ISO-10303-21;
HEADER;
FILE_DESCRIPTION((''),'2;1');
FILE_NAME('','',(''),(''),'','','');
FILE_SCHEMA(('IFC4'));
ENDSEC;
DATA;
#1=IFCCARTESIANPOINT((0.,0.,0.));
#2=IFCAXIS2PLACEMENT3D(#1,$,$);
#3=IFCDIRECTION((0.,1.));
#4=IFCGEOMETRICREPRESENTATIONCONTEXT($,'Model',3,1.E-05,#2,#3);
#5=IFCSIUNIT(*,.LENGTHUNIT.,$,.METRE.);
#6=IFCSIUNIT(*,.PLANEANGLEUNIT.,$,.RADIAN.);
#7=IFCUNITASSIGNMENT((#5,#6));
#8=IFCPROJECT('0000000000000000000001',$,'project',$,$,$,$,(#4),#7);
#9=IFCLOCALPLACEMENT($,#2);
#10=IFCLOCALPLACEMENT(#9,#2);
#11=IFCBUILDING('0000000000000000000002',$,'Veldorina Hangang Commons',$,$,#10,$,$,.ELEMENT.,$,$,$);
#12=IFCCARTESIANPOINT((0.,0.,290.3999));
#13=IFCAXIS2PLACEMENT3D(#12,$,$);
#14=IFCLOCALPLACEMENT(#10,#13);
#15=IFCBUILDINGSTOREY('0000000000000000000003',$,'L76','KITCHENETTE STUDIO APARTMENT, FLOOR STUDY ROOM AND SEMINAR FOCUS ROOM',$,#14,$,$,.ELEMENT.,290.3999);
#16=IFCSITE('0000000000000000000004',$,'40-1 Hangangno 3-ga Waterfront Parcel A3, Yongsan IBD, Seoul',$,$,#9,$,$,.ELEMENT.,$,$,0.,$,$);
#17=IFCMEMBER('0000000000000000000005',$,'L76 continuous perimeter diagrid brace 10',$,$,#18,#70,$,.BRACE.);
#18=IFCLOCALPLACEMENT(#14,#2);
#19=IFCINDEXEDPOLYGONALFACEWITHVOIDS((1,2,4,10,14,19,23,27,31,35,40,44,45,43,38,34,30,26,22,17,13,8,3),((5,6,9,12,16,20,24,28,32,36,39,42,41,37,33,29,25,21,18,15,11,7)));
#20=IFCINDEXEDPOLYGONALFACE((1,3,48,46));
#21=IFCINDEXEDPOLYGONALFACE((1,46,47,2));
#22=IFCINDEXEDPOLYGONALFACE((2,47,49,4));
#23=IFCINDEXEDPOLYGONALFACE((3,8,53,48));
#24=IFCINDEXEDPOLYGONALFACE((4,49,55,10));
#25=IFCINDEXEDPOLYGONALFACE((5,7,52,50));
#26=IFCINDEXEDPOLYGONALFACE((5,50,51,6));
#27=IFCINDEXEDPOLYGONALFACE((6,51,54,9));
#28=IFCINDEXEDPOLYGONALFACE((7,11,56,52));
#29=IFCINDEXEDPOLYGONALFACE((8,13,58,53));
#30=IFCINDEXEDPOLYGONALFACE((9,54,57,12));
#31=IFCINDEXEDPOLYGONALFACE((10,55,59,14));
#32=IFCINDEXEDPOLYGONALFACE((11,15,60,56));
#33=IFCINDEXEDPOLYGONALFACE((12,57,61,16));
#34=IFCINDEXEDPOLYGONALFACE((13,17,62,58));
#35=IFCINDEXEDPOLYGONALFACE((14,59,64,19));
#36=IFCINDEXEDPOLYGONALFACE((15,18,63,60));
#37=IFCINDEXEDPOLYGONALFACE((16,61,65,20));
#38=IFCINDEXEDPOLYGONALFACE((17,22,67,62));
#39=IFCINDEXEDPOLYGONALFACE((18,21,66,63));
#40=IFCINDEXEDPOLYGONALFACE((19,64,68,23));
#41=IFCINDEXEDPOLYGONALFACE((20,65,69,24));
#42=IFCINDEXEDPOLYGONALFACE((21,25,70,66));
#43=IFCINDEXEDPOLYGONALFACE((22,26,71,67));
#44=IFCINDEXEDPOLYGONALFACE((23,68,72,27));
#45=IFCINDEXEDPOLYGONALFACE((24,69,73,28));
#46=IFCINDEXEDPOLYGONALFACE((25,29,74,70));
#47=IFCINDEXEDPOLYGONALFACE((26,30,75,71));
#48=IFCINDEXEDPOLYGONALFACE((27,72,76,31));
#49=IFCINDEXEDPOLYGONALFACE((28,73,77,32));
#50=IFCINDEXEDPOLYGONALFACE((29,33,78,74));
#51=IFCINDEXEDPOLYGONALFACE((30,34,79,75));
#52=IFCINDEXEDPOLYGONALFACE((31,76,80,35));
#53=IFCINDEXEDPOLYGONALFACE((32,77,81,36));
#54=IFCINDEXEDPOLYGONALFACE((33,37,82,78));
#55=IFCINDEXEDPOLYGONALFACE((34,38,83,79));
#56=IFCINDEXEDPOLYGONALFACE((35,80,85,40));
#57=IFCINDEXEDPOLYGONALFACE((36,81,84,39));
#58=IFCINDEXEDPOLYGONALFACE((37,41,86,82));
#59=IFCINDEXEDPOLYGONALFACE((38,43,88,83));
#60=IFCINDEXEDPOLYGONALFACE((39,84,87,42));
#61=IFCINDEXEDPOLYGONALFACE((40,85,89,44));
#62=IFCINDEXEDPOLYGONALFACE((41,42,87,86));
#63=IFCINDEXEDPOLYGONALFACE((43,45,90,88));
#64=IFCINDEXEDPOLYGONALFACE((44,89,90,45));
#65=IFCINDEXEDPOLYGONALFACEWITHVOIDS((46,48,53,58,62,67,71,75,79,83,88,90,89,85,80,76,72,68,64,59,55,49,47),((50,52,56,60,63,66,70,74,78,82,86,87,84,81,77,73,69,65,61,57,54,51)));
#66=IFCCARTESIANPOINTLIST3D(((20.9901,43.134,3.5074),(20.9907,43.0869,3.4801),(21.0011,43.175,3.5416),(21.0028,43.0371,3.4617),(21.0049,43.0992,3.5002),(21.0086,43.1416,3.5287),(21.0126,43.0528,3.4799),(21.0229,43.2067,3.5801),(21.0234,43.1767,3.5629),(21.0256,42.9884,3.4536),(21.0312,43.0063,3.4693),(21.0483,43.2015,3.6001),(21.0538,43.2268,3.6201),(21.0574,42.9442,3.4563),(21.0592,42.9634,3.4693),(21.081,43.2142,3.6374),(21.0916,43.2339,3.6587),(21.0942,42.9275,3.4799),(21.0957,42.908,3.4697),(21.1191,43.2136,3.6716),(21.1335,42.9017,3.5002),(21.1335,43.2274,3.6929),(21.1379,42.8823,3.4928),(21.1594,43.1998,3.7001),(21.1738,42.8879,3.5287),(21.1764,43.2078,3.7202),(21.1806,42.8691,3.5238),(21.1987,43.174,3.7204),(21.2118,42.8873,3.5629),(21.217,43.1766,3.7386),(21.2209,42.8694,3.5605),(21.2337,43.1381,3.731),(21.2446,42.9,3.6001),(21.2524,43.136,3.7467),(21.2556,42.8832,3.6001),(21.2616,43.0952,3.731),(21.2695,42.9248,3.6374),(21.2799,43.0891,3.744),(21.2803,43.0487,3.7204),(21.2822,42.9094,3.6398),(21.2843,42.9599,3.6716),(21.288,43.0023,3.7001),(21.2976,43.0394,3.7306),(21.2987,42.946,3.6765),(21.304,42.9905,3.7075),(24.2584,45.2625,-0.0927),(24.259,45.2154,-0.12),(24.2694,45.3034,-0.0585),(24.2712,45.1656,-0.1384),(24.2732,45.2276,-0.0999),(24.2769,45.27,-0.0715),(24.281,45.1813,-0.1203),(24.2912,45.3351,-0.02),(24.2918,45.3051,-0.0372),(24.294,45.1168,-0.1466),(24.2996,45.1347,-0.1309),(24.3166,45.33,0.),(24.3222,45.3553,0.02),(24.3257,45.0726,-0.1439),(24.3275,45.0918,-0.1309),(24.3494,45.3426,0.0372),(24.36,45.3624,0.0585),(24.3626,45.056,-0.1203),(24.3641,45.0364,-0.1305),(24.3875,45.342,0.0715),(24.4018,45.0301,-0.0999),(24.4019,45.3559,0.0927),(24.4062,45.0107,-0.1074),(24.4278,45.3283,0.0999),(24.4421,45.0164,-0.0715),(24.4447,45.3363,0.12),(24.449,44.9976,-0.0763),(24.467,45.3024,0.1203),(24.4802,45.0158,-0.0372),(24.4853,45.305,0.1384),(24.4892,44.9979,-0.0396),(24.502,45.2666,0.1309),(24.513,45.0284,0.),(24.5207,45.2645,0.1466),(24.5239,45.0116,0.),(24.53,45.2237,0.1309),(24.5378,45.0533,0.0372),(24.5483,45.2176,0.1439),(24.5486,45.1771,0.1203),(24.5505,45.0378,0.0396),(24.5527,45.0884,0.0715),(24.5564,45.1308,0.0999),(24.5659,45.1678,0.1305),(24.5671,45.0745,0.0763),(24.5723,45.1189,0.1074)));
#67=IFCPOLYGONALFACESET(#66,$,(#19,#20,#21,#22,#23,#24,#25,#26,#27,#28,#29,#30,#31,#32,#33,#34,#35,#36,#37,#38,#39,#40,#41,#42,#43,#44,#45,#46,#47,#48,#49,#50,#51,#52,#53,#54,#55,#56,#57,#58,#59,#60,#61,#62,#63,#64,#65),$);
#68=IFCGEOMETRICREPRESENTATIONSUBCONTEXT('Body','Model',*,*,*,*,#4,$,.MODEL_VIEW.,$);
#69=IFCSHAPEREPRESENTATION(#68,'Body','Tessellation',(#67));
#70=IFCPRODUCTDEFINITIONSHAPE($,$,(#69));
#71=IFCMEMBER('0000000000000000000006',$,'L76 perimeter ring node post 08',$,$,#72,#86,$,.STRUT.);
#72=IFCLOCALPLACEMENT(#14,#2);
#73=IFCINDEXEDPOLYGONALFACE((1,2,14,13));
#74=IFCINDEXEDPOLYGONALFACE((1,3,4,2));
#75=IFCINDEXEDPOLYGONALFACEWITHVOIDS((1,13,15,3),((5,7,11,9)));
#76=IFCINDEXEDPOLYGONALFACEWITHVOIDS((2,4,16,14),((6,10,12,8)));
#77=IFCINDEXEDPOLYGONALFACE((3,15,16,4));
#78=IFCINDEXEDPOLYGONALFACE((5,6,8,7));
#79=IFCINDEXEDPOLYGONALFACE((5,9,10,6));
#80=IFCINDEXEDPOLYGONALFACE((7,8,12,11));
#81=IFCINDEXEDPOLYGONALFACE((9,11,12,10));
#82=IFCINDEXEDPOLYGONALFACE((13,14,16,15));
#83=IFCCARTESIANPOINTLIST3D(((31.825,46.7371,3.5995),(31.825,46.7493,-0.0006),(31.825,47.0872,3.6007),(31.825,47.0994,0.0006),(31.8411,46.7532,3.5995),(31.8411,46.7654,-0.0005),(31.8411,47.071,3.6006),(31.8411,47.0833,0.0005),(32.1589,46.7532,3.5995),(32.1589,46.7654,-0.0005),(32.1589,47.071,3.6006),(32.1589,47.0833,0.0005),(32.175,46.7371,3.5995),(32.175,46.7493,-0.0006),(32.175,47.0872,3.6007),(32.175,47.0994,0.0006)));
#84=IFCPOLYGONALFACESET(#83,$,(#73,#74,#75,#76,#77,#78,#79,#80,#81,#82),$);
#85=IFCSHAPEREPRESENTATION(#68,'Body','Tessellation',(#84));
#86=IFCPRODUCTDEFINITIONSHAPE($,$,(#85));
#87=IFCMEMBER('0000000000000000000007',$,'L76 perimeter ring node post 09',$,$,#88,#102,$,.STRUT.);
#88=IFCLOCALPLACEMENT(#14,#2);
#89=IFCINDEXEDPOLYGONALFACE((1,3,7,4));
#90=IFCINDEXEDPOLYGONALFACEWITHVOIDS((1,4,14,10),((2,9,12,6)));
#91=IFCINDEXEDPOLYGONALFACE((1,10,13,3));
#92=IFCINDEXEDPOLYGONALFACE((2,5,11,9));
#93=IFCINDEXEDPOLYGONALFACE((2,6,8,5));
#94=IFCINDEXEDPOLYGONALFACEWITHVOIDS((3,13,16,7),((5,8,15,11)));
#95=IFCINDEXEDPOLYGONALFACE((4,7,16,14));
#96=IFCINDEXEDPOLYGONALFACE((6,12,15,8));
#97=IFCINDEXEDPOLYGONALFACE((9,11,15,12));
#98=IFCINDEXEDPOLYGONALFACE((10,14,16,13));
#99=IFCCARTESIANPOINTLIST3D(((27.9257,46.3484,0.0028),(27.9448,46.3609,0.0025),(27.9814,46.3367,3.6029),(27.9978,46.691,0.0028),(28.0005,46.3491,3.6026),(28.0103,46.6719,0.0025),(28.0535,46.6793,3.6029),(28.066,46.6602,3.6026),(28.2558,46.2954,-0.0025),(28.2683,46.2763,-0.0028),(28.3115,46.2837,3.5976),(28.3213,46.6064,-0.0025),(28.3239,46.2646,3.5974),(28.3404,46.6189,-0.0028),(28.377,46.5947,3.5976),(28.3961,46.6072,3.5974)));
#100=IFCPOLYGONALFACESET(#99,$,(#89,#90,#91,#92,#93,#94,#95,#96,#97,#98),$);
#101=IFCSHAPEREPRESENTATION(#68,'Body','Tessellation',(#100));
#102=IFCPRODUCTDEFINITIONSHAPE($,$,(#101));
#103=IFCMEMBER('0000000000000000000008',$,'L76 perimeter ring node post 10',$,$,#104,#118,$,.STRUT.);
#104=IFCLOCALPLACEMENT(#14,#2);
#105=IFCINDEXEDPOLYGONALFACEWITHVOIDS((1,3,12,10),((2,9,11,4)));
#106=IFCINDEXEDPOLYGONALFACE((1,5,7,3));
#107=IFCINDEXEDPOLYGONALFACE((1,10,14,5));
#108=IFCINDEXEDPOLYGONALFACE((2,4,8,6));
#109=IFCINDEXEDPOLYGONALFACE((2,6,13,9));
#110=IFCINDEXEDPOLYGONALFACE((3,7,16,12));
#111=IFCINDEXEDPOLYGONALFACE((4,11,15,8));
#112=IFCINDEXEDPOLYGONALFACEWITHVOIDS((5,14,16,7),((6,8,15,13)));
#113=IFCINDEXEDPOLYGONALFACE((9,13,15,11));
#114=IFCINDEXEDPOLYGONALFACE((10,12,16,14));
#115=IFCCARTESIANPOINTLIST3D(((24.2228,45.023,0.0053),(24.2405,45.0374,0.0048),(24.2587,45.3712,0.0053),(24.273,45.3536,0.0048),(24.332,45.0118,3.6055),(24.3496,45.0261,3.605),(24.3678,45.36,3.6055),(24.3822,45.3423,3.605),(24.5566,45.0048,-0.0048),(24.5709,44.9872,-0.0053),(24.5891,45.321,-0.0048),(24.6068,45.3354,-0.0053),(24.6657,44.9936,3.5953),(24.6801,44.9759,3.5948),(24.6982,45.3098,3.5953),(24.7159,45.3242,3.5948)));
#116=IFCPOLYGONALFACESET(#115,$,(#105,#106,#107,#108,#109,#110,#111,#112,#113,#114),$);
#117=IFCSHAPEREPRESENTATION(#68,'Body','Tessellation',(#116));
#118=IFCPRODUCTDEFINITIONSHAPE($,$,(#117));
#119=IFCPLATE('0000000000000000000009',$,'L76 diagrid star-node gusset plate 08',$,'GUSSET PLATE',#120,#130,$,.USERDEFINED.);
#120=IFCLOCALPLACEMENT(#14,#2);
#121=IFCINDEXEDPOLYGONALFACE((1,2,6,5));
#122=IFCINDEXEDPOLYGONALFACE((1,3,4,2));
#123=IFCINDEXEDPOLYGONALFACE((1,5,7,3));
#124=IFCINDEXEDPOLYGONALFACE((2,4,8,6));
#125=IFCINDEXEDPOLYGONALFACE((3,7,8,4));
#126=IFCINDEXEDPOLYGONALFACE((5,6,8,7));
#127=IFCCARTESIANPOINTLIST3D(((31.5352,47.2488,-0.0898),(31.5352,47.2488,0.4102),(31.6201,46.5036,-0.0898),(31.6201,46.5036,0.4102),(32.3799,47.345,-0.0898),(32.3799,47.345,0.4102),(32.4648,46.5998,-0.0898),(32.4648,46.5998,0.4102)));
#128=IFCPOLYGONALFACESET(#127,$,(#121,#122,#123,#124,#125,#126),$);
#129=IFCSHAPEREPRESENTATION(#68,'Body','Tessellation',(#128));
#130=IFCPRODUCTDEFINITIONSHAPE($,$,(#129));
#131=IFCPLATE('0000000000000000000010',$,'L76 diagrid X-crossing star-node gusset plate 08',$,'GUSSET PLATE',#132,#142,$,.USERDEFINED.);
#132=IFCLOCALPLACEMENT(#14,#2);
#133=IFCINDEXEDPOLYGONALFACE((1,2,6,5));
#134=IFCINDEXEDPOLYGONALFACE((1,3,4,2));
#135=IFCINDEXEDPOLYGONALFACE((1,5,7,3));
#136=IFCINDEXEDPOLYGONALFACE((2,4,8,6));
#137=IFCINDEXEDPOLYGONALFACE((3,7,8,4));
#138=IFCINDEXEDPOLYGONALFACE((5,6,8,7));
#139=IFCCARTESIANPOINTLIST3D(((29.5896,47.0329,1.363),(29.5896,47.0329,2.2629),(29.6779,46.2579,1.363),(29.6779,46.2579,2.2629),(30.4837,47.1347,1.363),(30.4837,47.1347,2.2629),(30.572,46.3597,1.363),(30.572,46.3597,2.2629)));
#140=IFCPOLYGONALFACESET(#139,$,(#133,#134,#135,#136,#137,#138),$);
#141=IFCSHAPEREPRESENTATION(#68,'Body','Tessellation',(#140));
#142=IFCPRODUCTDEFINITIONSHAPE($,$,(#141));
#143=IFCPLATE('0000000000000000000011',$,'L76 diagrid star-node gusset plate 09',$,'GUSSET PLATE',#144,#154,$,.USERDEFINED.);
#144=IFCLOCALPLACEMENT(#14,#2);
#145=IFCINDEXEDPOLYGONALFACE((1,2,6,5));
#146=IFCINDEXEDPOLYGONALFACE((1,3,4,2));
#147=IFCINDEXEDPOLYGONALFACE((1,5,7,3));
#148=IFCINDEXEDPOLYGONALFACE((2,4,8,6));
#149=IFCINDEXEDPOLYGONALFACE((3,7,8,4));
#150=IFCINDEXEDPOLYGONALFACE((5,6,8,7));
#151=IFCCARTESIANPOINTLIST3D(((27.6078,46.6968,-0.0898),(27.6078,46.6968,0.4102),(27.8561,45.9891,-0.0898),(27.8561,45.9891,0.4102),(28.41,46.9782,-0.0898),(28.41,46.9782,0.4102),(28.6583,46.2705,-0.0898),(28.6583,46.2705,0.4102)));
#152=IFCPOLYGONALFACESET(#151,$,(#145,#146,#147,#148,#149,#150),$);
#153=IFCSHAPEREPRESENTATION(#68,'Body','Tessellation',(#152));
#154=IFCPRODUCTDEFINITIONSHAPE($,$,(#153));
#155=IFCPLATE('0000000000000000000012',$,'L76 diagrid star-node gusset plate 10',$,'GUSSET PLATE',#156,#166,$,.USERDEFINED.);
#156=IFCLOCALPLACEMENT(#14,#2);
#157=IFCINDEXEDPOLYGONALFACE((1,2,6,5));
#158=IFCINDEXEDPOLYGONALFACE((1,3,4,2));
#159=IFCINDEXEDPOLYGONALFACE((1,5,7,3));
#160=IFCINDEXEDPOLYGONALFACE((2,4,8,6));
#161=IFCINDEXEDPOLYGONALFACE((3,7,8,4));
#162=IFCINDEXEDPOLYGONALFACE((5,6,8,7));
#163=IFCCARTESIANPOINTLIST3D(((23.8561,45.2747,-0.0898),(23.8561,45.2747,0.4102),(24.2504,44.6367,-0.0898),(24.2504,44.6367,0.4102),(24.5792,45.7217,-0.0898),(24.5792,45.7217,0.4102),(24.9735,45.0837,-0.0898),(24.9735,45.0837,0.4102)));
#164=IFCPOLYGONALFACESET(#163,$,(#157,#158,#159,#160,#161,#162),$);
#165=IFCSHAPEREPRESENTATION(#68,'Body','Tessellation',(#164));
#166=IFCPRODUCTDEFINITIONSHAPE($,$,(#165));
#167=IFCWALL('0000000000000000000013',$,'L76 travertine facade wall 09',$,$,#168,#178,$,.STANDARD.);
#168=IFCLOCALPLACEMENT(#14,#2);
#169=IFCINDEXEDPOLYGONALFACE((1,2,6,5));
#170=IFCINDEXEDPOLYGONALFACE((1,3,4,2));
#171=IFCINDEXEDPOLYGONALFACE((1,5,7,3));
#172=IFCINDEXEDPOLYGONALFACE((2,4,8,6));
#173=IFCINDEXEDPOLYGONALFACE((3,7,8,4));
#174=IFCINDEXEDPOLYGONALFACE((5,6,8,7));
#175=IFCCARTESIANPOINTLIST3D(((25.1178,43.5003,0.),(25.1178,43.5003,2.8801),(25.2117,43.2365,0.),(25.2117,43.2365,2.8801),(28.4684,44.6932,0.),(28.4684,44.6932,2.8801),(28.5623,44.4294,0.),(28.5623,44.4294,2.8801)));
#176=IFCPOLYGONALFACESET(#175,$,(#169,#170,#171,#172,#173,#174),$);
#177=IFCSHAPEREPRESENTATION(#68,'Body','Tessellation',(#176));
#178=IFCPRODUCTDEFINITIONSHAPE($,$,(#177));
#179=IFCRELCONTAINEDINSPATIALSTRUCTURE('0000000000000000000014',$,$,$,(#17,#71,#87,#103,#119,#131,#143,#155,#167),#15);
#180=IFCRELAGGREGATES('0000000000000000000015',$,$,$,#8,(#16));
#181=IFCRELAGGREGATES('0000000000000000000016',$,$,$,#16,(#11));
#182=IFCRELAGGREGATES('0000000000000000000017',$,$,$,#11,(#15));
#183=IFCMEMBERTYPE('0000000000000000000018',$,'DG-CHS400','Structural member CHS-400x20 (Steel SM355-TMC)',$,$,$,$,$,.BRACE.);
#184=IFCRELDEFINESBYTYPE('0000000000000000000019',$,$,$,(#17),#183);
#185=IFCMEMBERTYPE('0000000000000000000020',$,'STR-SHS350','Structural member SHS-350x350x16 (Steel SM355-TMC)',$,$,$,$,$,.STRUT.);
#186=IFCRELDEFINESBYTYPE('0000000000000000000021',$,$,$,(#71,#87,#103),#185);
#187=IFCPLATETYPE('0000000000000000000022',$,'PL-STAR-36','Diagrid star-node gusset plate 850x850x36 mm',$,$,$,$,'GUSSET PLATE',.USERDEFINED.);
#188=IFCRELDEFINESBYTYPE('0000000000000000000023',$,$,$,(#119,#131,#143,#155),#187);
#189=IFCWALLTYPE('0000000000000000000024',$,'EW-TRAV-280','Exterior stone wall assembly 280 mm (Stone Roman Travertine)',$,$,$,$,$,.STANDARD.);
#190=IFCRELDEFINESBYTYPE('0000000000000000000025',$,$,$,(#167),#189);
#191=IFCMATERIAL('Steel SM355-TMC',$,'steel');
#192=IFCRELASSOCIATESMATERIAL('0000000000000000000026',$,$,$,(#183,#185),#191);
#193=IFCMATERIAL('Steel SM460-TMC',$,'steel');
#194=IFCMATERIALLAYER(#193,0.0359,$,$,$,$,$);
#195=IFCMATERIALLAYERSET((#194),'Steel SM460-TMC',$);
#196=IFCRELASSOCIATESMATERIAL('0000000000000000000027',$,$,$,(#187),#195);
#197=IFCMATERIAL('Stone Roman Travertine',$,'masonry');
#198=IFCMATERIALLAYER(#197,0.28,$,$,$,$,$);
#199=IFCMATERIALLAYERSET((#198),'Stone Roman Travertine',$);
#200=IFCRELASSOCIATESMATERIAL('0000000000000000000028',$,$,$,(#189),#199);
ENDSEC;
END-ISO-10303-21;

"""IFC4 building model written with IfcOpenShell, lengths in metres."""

from ifc_helpers import new_model, si_unit, direction, frame, frame_2d, origin, origin_2d, place, context, subcontext, project, spatial, rectangle, hollow_rectangle, hollow_circle, extrude, material, layer, layer_set, material_profile, profile_set, type_object, element, save


model = new_model("IFC4")

# Units and contexts
model_context = context("Model", 3, precision=1e-05, world=origin(), true_north=direction((0.0, 1.0)))
body_context = subcontext(model_context, "Body", "Model", "MODEL_VIEW")
ifc_project = project(units=[si_unit("LENGTHUNIT", "METRE"), si_unit("PLANEANGLEUNIT", "RADIAN")], contexts=[model_context])

# Site, building, storey
site_placement = place(None, origin())
site = spatial("IfcSite", under=ifc_project, at=site_placement, Name="40-1 Hangangno 3-ga Waterfront Parcel A3, Yongsan IBD, Seoul", CompositionType="ELEMENT", RefElevation=0.0)
building_placement = place(site_placement, origin())
building = spatial("IfcBuilding", under=site, at=building_placement, Name="Veldorina Hangang Commons", CompositionType="ELEMENT")
storey_placement = place(building_placement, frame((0.0, 0.0, 290.3999)))
storey = spatial("IfcBuildingStorey", under=building, at=storey_placement, Name="L76", Description="KITCHENETTE STUDIO APARTMENT, FLOOR STUDY ROOM AND SEMINAR FOCUS ROOM", CompositionType="ELEMENT", Elevation=290.3999)

# Shared definitions
ifc_material_1 = material(Name="Steel SM355-TMC", Category="steel")

# Members
ifc_material_profile_1 = material_profile(ifc_material_1, hollow_circle(Radius=0.2, WallThickness=0.02, at=origin_2d()), Name="CHS-400x20")
ifc_profile_set_1 = profile_set([ifc_material_profile_1], Name="Steel SM355-TMC")
member_type_1 = type_object("IfcMemberType", Name="DG-CHS400", Description="Structural member CHS-400x20 (Steel SM355-TMC)", PredefinedType="BRACE", material=ifc_profile_set_1)
member_1_placement = place(storey_placement, frame((24.4148, 45.1792, 0.0), z_axis=(-0.615756, -0.400998, 0.678266), x_axis=(0.545712, -0.837973, 0.0)))
element("IfcMember", 1, at=member_1_placement, inside=storey, type_object=member_type_1, Name="L76 continuous perimeter diagrid brace 10", PredefinedType="BRACE", context=body_context, shape_type="SweptSolid", body=[
    extrude(hollow_circle(Radius=0.2, WallThickness=0.02, at=origin_2d()), origin(), (0.0, 0.0, 1.0), 5.3079),
])
ifc_material_profile_2 = material_profile(ifc_material_1, hollow_rectangle(XDim=0.3501, YDim=0.3501, WallThickness=0.0161, at=origin_2d()), Name="SHS-350x350x16")
ifc_profile_set_2 = profile_set([ifc_material_profile_2], Name="Steel SM355-TMC")
member_type_2 = type_object("IfcMemberType", Name="STR-SHS350", Description="Structural member SHS-350x350x16 (Steel SM355-TMC)", PredefinedType="STRUT", material=ifc_profile_set_2)
member_2_placement = place(storey_placement, frame((32.0, 46.9243, 0.0), z_axis=(0.0, -0.003391, 0.999994), x_axis=(1.0, 0.0, 0.0)))
element("IfcMember", 2, at=member_2_placement, inside=storey, type_object=member_type_2, Name="L76 perimeter ring node post 08", PredefinedType="STRUT", context=body_context, shape_type="SweptSolid", body=[
    extrude(hollow_rectangle(XDim=0.3501, YDim=0.3501, WallThickness=0.0161, at=origin_2d()), origin(), (0.0, 0.0, 1.0), 3.6001),
])
member_3_placement = place(storey_placement, frame((28.1331, 46.4836, 0.0), z_axis=(0.01546, -0.003255, 0.999875), x_axis=(0.20601, 0.97855, 0.0)))
element("IfcMember", 3, at=member_3_placement, inside=storey, type_object=member_type_2, Name="L76 perimeter ring node post 09", PredefinedType="STRUT", context=body_context, shape_type="SweptSolid", body=[
    extrude(hollow_rectangle(XDim=0.3501, YDim=0.3501, WallThickness=0.0161, at=origin_2d()), origin(), (0.0, 0.0, 1.0), 3.6006),
])
member_4_placement = place(storey_placement, frame((24.4148, 45.1792, 0.0), z_axis=(0.030299, -0.003118, 0.999536), x_axis=(0.102368, 0.994747, 0.0)))
element("IfcMember", 4, at=member_4_placement, inside=storey, type_object=member_type_2, Name="L76 perimeter ring node post 10", PredefinedType="STRUT", context=body_context, shape_type="SweptSolid", body=[
    extrude(hollow_rectangle(XDim=0.3501, YDim=0.3501, WallThickness=0.0161, at=origin_2d()), origin(), (0.0, 0.0, 1.0), 3.6018),
])

# Plates
ifc_material_2 = material(Name="Steel SM460-TMC", Category="steel")
ifc_layer_1 = layer(ifc_material_2, 0.0359)
ifc_layer_set_1 = layer_set([ifc_layer_1], Name="Steel SM460-TMC")
plate_type = type_object("IfcPlateType", Name="PL-STAR-36", Description="Diagrid star-node gusset plate 850x850x36 mm", ElementType="GUSSET PLATE", PredefinedType="USERDEFINED", material=ifc_layer_set_1)
plate_1_placement = place(storey_placement, frame((32.0, 46.9243, -0.0898), z_axis=(0.0, 0.0, 1.0), x_axis=(-0.993574, -0.113186, 0.0)))
element("IfcPlate", 5, at=plate_1_placement, inside=storey, type_object=plate_type, Name="L76 diagrid star-node gusset plate 08", ObjectType="GUSSET PLATE", PredefinedType="USERDEFINED", context=body_context, shape_type="SweptSolid", body=[
    extrude(rectangle(XDim=0.8501, YDim=0.75, at=origin_2d()), origin(), (0.0, 0.0, 1.0), 0.5),
])
plate_2_placement = place(storey_placement, frame((30.0808, 46.6963, 1.363), z_axis=(0.0, 0.0, 1.0), x_axis=(-0.993574, -0.113186, 0.0)))
element("IfcPlate", 6, at=plate_2_placement, inside=storey, type_object=plate_type, Name="L76 diagrid X-crossing star-node gusset plate 08", ObjectType="GUSSET PLATE", PredefinedType="USERDEFINED", context=body_context, shape_type="SweptSolid", body=[
    extrude(rectangle(XDim=0.8999, YDim=0.78, at=origin_2d()), origin(), (0.0, 0.0, 1.0), 0.8999),
])
for number, where, z_axis, x_axis, name in (
    (7, (28.1331, 46.4836, -0.0898), (0.0, 0.0, 1.0), (-0.943616, -0.331041, 0.0), "L76 diagrid star-node gusset plate 09"),
    (8, (24.4148, 45.1792, -0.0898), (0.0, 0.0, 1.0), (-0.850591, -0.525828, 0.0), "L76 diagrid star-node gusset plate 10"),
):
    element("IfcPlate", number, at=place(storey_placement, frame(where, z_axis=z_axis, x_axis=x_axis)), inside=storey, type_object=plate_type, Name=name, ObjectType="GUSSET PLATE", PredefinedType="USERDEFINED", context=body_context, shape_type="SweptSolid", body=[
        extrude(rectangle(XDim=0.8501, YDim=0.75, at=origin_2d()), origin(), (0.0, 0.0, 1.0), 0.5),
    ])

# Wall
ifc_material_3 = material(Name="Stone Roman Travertine", Category="masonry")
ifc_layer_2 = layer(ifc_material_3, 0.28)
ifc_layer_set_2 = layer_set([ifc_layer_2], Name="Stone Roman Travertine")
wall_type_1 = type_object("IfcWallType", Name="EW-TRAV-280", Description="Exterior stone wall assembly 280 mm (Stone Roman Travertine)", PredefinedType="STANDARD", material=ifc_layer_set_2)
wall_1_placement = place(storey_placement, frame((28.5154, 44.5613, 0.0), z_axis=(0.0, 0.0, 1.0), x_axis=(-0.942077, -0.335397, 0.0)))
element("IfcWall", 9, at=wall_1_placement, inside=storey, type_object=wall_type_1, Name="L76 travertine facade wall 09", PredefinedType="STANDARD", context=body_context, shape_type="SweptSolid", body=[
    extrude(rectangle(XDim=3.5566, YDim=0.28, at=frame_2d((1.7783, 0.0))), origin(), (0.0, 0.0, 1.0), 2.8801),
])

save(model, "model.ifc")
